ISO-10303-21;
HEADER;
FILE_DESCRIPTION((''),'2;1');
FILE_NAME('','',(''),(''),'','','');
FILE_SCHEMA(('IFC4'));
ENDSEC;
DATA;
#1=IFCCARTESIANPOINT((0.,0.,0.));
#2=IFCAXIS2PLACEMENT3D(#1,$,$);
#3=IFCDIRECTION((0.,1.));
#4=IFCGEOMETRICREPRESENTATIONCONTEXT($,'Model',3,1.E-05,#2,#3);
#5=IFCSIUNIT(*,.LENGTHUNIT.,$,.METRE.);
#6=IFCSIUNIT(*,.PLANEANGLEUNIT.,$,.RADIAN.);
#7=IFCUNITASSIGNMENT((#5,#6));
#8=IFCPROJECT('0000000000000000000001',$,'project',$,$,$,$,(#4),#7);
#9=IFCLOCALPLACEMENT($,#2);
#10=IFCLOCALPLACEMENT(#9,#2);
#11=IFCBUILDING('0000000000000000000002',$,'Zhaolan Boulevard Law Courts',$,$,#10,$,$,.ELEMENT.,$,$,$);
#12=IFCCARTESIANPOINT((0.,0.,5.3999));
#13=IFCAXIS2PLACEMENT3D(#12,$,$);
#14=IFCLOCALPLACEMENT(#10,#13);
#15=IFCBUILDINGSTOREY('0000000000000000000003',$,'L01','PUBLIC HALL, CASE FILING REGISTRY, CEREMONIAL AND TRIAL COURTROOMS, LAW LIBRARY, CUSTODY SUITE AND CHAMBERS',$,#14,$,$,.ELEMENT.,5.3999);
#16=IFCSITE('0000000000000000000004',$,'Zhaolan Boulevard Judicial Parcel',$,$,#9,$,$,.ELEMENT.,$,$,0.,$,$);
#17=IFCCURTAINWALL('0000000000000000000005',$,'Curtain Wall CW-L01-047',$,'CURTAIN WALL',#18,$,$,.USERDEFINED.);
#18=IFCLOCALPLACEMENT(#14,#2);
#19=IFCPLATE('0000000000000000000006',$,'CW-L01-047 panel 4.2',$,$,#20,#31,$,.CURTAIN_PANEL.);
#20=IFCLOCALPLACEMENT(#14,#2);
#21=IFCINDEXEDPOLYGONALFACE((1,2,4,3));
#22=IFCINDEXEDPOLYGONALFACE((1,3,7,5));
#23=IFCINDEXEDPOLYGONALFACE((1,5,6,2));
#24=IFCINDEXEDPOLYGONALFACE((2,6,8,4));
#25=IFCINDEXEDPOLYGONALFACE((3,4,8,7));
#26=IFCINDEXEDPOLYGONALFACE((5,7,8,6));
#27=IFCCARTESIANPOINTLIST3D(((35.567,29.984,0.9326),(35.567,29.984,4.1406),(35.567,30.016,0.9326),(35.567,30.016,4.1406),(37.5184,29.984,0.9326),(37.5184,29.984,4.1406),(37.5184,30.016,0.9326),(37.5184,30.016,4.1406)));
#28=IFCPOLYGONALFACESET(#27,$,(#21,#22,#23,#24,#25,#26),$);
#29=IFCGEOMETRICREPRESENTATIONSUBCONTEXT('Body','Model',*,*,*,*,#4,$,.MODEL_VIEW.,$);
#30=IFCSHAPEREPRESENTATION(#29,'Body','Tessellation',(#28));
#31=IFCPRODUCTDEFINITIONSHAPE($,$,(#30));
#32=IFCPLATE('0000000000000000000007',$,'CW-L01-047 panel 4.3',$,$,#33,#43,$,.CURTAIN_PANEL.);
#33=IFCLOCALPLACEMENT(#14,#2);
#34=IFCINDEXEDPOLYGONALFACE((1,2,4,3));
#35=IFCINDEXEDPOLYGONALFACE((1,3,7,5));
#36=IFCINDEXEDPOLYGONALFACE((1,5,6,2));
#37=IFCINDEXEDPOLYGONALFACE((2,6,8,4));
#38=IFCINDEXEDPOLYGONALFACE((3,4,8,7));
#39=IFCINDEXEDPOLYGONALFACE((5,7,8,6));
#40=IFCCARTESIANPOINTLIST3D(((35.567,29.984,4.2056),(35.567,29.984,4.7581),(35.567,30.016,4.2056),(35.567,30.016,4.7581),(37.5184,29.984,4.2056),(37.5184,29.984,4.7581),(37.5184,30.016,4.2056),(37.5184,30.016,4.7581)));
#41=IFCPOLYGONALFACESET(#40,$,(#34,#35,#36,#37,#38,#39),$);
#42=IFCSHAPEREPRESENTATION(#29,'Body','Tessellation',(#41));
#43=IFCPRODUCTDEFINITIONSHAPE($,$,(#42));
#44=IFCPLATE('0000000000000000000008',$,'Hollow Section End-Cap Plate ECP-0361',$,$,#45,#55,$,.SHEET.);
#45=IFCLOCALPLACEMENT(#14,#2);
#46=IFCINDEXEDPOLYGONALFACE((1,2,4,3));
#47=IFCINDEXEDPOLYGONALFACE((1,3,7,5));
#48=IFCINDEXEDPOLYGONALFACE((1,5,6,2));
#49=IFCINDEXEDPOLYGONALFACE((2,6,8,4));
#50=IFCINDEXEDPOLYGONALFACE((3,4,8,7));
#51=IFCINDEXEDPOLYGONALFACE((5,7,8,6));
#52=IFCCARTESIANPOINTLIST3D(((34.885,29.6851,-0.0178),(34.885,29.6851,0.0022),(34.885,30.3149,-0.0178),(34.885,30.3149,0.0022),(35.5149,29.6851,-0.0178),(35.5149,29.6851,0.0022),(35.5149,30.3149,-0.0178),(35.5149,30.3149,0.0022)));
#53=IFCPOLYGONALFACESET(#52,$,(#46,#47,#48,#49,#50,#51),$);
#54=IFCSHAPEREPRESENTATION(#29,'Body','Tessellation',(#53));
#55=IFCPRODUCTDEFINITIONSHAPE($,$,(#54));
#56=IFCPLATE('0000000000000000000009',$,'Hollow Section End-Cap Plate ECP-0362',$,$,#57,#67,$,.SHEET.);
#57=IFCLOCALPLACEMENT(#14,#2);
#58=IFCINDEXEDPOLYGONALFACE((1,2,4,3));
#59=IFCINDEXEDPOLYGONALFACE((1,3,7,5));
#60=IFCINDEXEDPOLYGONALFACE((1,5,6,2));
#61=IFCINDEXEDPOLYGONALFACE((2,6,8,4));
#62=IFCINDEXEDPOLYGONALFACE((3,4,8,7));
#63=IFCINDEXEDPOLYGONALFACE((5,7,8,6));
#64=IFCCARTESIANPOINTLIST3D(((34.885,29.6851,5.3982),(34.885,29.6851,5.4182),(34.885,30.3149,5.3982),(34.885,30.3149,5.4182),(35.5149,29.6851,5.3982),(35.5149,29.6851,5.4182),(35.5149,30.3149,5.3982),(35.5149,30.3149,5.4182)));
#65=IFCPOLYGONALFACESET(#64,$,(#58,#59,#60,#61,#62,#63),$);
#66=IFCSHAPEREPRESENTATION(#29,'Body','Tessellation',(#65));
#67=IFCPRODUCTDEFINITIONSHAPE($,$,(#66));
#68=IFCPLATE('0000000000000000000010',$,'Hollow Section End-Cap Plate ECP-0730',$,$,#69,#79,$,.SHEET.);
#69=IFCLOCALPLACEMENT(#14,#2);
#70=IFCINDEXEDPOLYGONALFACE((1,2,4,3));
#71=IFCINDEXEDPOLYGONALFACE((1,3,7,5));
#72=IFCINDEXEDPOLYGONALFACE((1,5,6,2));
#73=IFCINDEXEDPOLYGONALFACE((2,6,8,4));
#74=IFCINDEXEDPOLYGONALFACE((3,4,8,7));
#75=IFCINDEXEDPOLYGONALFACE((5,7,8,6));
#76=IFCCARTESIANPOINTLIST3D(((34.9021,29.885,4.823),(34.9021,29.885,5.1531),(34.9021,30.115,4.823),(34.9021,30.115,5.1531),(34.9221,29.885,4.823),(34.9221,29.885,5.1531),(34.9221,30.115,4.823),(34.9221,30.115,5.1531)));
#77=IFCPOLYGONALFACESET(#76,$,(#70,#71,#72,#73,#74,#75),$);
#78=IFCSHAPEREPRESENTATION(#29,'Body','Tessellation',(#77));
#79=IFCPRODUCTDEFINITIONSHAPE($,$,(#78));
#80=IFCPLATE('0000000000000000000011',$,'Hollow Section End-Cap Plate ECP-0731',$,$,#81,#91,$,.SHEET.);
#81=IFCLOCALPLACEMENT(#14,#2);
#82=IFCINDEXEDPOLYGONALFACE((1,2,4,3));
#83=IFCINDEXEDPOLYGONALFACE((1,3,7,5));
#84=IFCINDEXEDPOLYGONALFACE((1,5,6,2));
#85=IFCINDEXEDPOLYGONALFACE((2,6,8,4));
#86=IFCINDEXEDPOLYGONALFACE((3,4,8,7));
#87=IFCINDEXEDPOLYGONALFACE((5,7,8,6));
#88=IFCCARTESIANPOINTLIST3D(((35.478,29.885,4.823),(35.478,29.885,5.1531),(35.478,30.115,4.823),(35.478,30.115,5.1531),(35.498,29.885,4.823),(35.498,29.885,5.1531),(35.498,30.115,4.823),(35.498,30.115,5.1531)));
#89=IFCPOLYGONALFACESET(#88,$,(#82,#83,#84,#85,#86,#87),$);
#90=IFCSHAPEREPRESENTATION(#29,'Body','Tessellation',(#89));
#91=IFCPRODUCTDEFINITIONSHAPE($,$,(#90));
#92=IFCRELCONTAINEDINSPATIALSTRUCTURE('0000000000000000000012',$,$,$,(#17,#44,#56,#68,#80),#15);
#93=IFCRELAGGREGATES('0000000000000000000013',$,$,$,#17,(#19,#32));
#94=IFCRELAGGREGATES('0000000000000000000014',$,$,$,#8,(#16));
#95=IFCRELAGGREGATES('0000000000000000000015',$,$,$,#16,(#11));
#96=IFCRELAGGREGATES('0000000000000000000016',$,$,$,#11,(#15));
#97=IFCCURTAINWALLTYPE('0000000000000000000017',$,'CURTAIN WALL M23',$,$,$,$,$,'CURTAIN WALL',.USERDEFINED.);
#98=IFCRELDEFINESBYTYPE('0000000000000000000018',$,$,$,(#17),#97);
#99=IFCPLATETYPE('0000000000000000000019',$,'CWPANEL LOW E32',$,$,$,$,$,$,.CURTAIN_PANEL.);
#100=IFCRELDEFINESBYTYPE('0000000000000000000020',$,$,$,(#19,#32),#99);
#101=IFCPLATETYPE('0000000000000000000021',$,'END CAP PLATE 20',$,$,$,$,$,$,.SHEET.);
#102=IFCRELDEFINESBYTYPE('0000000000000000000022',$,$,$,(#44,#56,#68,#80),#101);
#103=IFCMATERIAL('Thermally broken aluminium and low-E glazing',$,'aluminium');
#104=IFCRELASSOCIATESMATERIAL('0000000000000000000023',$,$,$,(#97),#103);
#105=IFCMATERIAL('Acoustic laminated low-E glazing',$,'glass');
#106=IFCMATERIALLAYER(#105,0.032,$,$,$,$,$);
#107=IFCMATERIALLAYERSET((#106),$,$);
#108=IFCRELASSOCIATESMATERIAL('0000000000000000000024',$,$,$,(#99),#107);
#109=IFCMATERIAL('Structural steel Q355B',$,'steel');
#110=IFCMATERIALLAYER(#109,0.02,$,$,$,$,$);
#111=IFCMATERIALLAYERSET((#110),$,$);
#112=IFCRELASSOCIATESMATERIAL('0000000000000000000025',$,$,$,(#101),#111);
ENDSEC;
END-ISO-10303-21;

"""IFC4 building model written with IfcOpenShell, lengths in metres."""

from ifc_helpers import new_model, si_unit, direction, frame, origin, origin_2d, place, context, subcontext, project, spatial, rectangle, extrude, material, layer, layer_set, type_object, element, aggregate, save


model = new_model("IFC4")

# Units and contexts
model_context = context("Model", 3, precision=1e-05, world=origin(), true_north=direction((0.0, 1.0)))
body_context = subcontext(model_context, "Body", "Model", "MODEL_VIEW")
ifc_project = project(units=[si_unit("LENGTHUNIT", "METRE"), si_unit("PLANEANGLEUNIT", "RADIAN")], contexts=[model_context])

# Site, building, storey
site_placement = place(None, origin())
site = spatial("IfcSite", under=ifc_project, at=site_placement, Name="Zhaolan Boulevard Judicial Parcel", CompositionType="ELEMENT", RefElevation=0.0)
building_placement = place(site_placement, origin())
building = spatial("IfcBuilding", under=site, at=building_placement, Name="Zhaolan Boulevard Law Courts", CompositionType="ELEMENT")
storey_placement = place(building_placement, frame((0.0, 0.0, 5.3999)))
storey = spatial("IfcBuildingStorey", under=building, at=storey_placement, Name="L01", Description="PUBLIC HALL, CASE FILING REGISTRY, CEREMONIAL AND TRIAL COURTROOMS, LAW LIBRARY, CUSTODY SUITE AND CHAMBERS", CompositionType="ELEMENT", Elevation=5.3999)

# Curtain wall
ifc_material_1 = material(Name="Thermally broken aluminium and low-E glazing", Category="aluminium")
curtain_wall_type_1 = type_object("IfcCurtainWallType", Name="CURTAIN WALL M23", ElementType="CURTAIN WALL", PredefinedType="USERDEFINED", material=ifc_material_1)
curtain_wall_1_placement = place(storey_placement, origin())
curtain_wall_1 = element("IfcCurtainWall", 1, at=curtain_wall_1_placement, inside=storey, type_object=curtain_wall_type_1, Name="Curtain Wall CW-L01-047", ObjectType="CURTAIN WALL", PredefinedType="USERDEFINED")

# Plates
ifc_material_2 = material(Name="Acoustic laminated low-E glazing", Category="glass")
ifc_layer_1 = layer(ifc_material_2, 0.032)
ifc_layer_set_1 = layer_set([ifc_layer_1])
plate_type_1 = type_object("IfcPlateType", Name="CWPANEL LOW E32", PredefinedType="CURTAIN_PANEL", material=ifc_layer_set_1)
plate_1_placement = place(storey_placement, frame((36.5427, 30.0, 0.9326), z_axis=(0.0, 0.0, 1.0), x_axis=(-1.0, 0.0, 0.0)))
plate_1 = element("IfcPlate", 2, at=plate_1_placement, type_object=plate_type_1, Name="CW-L01-047 panel 4.2", PredefinedType="CURTAIN_PANEL", context=body_context, shape_type="SweptSolid", body=[
    extrude(rectangle(XDim=1.9514, YDim=0.032, at=origin_2d()), origin(), (0.0, 0.0, 1.0), 3.208),
])
plate_2_placement = place(storey_placement, frame((36.5427, 30.0, 4.2056), z_axis=(0.0, 0.0, 1.0), x_axis=(-1.0, 0.0, 0.0)))
plate_2 = element("IfcPlate", 3, at=plate_2_placement, type_object=plate_type_1, Name="CW-L01-047 panel 4.3", PredefinedType="CURTAIN_PANEL", context=body_context, shape_type="SweptSolid", body=[
    extrude(rectangle(XDim=1.9514, YDim=0.032, at=origin_2d()), origin(), (0.0, 0.0, 1.0), 0.5525),
])
aggregate(curtain_wall_1, [plate_1, plate_2])

# Plates
ifc_material_3 = material(Name="Structural steel Q355B", Category="steel")
ifc_layer_2 = layer(ifc_material_3, 0.02)
ifc_layer_set_2 = layer_set([ifc_layer_2])
plate_type_2 = type_object("IfcPlateType", Name="END CAP PLATE 20", PredefinedType="SHEET", material=ifc_layer_set_2)
for number, where, z_axis, x_axis, name in (
    (4, (35.2, 30.0, -0.0178), (0.0, 0.0, 1.0), (1.0, 0.0, 0.0), "Hollow Section End-Cap Plate ECP-0361"),
    (5, (35.2, 30.0, 5.3982), (0.0, 0.0, 1.0), (1.0, 0.0, 0.0), "Hollow Section End-Cap Plate ECP-0362"),
):
    element("IfcPlate", number, at=place(storey_placement, frame(where, z_axis=z_axis, x_axis=x_axis)), inside=storey, type_object=plate_type_2, Name=name, PredefinedType="SHEET", context=body_context, shape_type="SweptSolid", body=[
        extrude(rectangle(XDim=0.6299, YDim=0.6299, at=origin_2d()), origin(), (0.0, 0.0, 1.0), 0.02),
    ])
for number, where, z_axis, x_axis, name in (
    (6, (34.9121, 30.0, 4.823), (0.0, 0.0, 1.0), (1.0, 0.0, 0.0), "Hollow Section End-Cap Plate ECP-0730"),
    (7, (35.488, 30.0, 4.823), (0.0, 0.0, 1.0), (1.0, 0.0, 0.0), "Hollow Section End-Cap Plate ECP-0731"),
):
    element("IfcPlate", number, at=place(storey_placement, frame(where, z_axis=z_axis, x_axis=x_axis)), inside=storey, type_object=plate_type_2, Name=name, PredefinedType="SHEET", context=body_context, shape_type="SweptSolid", body=[
        extrude(rectangle(XDim=0.02, YDim=0.23, at=origin_2d()), origin(), (0.0, 0.0, 1.0), 0.3301),
    ])

save(model, "model.ifc")
